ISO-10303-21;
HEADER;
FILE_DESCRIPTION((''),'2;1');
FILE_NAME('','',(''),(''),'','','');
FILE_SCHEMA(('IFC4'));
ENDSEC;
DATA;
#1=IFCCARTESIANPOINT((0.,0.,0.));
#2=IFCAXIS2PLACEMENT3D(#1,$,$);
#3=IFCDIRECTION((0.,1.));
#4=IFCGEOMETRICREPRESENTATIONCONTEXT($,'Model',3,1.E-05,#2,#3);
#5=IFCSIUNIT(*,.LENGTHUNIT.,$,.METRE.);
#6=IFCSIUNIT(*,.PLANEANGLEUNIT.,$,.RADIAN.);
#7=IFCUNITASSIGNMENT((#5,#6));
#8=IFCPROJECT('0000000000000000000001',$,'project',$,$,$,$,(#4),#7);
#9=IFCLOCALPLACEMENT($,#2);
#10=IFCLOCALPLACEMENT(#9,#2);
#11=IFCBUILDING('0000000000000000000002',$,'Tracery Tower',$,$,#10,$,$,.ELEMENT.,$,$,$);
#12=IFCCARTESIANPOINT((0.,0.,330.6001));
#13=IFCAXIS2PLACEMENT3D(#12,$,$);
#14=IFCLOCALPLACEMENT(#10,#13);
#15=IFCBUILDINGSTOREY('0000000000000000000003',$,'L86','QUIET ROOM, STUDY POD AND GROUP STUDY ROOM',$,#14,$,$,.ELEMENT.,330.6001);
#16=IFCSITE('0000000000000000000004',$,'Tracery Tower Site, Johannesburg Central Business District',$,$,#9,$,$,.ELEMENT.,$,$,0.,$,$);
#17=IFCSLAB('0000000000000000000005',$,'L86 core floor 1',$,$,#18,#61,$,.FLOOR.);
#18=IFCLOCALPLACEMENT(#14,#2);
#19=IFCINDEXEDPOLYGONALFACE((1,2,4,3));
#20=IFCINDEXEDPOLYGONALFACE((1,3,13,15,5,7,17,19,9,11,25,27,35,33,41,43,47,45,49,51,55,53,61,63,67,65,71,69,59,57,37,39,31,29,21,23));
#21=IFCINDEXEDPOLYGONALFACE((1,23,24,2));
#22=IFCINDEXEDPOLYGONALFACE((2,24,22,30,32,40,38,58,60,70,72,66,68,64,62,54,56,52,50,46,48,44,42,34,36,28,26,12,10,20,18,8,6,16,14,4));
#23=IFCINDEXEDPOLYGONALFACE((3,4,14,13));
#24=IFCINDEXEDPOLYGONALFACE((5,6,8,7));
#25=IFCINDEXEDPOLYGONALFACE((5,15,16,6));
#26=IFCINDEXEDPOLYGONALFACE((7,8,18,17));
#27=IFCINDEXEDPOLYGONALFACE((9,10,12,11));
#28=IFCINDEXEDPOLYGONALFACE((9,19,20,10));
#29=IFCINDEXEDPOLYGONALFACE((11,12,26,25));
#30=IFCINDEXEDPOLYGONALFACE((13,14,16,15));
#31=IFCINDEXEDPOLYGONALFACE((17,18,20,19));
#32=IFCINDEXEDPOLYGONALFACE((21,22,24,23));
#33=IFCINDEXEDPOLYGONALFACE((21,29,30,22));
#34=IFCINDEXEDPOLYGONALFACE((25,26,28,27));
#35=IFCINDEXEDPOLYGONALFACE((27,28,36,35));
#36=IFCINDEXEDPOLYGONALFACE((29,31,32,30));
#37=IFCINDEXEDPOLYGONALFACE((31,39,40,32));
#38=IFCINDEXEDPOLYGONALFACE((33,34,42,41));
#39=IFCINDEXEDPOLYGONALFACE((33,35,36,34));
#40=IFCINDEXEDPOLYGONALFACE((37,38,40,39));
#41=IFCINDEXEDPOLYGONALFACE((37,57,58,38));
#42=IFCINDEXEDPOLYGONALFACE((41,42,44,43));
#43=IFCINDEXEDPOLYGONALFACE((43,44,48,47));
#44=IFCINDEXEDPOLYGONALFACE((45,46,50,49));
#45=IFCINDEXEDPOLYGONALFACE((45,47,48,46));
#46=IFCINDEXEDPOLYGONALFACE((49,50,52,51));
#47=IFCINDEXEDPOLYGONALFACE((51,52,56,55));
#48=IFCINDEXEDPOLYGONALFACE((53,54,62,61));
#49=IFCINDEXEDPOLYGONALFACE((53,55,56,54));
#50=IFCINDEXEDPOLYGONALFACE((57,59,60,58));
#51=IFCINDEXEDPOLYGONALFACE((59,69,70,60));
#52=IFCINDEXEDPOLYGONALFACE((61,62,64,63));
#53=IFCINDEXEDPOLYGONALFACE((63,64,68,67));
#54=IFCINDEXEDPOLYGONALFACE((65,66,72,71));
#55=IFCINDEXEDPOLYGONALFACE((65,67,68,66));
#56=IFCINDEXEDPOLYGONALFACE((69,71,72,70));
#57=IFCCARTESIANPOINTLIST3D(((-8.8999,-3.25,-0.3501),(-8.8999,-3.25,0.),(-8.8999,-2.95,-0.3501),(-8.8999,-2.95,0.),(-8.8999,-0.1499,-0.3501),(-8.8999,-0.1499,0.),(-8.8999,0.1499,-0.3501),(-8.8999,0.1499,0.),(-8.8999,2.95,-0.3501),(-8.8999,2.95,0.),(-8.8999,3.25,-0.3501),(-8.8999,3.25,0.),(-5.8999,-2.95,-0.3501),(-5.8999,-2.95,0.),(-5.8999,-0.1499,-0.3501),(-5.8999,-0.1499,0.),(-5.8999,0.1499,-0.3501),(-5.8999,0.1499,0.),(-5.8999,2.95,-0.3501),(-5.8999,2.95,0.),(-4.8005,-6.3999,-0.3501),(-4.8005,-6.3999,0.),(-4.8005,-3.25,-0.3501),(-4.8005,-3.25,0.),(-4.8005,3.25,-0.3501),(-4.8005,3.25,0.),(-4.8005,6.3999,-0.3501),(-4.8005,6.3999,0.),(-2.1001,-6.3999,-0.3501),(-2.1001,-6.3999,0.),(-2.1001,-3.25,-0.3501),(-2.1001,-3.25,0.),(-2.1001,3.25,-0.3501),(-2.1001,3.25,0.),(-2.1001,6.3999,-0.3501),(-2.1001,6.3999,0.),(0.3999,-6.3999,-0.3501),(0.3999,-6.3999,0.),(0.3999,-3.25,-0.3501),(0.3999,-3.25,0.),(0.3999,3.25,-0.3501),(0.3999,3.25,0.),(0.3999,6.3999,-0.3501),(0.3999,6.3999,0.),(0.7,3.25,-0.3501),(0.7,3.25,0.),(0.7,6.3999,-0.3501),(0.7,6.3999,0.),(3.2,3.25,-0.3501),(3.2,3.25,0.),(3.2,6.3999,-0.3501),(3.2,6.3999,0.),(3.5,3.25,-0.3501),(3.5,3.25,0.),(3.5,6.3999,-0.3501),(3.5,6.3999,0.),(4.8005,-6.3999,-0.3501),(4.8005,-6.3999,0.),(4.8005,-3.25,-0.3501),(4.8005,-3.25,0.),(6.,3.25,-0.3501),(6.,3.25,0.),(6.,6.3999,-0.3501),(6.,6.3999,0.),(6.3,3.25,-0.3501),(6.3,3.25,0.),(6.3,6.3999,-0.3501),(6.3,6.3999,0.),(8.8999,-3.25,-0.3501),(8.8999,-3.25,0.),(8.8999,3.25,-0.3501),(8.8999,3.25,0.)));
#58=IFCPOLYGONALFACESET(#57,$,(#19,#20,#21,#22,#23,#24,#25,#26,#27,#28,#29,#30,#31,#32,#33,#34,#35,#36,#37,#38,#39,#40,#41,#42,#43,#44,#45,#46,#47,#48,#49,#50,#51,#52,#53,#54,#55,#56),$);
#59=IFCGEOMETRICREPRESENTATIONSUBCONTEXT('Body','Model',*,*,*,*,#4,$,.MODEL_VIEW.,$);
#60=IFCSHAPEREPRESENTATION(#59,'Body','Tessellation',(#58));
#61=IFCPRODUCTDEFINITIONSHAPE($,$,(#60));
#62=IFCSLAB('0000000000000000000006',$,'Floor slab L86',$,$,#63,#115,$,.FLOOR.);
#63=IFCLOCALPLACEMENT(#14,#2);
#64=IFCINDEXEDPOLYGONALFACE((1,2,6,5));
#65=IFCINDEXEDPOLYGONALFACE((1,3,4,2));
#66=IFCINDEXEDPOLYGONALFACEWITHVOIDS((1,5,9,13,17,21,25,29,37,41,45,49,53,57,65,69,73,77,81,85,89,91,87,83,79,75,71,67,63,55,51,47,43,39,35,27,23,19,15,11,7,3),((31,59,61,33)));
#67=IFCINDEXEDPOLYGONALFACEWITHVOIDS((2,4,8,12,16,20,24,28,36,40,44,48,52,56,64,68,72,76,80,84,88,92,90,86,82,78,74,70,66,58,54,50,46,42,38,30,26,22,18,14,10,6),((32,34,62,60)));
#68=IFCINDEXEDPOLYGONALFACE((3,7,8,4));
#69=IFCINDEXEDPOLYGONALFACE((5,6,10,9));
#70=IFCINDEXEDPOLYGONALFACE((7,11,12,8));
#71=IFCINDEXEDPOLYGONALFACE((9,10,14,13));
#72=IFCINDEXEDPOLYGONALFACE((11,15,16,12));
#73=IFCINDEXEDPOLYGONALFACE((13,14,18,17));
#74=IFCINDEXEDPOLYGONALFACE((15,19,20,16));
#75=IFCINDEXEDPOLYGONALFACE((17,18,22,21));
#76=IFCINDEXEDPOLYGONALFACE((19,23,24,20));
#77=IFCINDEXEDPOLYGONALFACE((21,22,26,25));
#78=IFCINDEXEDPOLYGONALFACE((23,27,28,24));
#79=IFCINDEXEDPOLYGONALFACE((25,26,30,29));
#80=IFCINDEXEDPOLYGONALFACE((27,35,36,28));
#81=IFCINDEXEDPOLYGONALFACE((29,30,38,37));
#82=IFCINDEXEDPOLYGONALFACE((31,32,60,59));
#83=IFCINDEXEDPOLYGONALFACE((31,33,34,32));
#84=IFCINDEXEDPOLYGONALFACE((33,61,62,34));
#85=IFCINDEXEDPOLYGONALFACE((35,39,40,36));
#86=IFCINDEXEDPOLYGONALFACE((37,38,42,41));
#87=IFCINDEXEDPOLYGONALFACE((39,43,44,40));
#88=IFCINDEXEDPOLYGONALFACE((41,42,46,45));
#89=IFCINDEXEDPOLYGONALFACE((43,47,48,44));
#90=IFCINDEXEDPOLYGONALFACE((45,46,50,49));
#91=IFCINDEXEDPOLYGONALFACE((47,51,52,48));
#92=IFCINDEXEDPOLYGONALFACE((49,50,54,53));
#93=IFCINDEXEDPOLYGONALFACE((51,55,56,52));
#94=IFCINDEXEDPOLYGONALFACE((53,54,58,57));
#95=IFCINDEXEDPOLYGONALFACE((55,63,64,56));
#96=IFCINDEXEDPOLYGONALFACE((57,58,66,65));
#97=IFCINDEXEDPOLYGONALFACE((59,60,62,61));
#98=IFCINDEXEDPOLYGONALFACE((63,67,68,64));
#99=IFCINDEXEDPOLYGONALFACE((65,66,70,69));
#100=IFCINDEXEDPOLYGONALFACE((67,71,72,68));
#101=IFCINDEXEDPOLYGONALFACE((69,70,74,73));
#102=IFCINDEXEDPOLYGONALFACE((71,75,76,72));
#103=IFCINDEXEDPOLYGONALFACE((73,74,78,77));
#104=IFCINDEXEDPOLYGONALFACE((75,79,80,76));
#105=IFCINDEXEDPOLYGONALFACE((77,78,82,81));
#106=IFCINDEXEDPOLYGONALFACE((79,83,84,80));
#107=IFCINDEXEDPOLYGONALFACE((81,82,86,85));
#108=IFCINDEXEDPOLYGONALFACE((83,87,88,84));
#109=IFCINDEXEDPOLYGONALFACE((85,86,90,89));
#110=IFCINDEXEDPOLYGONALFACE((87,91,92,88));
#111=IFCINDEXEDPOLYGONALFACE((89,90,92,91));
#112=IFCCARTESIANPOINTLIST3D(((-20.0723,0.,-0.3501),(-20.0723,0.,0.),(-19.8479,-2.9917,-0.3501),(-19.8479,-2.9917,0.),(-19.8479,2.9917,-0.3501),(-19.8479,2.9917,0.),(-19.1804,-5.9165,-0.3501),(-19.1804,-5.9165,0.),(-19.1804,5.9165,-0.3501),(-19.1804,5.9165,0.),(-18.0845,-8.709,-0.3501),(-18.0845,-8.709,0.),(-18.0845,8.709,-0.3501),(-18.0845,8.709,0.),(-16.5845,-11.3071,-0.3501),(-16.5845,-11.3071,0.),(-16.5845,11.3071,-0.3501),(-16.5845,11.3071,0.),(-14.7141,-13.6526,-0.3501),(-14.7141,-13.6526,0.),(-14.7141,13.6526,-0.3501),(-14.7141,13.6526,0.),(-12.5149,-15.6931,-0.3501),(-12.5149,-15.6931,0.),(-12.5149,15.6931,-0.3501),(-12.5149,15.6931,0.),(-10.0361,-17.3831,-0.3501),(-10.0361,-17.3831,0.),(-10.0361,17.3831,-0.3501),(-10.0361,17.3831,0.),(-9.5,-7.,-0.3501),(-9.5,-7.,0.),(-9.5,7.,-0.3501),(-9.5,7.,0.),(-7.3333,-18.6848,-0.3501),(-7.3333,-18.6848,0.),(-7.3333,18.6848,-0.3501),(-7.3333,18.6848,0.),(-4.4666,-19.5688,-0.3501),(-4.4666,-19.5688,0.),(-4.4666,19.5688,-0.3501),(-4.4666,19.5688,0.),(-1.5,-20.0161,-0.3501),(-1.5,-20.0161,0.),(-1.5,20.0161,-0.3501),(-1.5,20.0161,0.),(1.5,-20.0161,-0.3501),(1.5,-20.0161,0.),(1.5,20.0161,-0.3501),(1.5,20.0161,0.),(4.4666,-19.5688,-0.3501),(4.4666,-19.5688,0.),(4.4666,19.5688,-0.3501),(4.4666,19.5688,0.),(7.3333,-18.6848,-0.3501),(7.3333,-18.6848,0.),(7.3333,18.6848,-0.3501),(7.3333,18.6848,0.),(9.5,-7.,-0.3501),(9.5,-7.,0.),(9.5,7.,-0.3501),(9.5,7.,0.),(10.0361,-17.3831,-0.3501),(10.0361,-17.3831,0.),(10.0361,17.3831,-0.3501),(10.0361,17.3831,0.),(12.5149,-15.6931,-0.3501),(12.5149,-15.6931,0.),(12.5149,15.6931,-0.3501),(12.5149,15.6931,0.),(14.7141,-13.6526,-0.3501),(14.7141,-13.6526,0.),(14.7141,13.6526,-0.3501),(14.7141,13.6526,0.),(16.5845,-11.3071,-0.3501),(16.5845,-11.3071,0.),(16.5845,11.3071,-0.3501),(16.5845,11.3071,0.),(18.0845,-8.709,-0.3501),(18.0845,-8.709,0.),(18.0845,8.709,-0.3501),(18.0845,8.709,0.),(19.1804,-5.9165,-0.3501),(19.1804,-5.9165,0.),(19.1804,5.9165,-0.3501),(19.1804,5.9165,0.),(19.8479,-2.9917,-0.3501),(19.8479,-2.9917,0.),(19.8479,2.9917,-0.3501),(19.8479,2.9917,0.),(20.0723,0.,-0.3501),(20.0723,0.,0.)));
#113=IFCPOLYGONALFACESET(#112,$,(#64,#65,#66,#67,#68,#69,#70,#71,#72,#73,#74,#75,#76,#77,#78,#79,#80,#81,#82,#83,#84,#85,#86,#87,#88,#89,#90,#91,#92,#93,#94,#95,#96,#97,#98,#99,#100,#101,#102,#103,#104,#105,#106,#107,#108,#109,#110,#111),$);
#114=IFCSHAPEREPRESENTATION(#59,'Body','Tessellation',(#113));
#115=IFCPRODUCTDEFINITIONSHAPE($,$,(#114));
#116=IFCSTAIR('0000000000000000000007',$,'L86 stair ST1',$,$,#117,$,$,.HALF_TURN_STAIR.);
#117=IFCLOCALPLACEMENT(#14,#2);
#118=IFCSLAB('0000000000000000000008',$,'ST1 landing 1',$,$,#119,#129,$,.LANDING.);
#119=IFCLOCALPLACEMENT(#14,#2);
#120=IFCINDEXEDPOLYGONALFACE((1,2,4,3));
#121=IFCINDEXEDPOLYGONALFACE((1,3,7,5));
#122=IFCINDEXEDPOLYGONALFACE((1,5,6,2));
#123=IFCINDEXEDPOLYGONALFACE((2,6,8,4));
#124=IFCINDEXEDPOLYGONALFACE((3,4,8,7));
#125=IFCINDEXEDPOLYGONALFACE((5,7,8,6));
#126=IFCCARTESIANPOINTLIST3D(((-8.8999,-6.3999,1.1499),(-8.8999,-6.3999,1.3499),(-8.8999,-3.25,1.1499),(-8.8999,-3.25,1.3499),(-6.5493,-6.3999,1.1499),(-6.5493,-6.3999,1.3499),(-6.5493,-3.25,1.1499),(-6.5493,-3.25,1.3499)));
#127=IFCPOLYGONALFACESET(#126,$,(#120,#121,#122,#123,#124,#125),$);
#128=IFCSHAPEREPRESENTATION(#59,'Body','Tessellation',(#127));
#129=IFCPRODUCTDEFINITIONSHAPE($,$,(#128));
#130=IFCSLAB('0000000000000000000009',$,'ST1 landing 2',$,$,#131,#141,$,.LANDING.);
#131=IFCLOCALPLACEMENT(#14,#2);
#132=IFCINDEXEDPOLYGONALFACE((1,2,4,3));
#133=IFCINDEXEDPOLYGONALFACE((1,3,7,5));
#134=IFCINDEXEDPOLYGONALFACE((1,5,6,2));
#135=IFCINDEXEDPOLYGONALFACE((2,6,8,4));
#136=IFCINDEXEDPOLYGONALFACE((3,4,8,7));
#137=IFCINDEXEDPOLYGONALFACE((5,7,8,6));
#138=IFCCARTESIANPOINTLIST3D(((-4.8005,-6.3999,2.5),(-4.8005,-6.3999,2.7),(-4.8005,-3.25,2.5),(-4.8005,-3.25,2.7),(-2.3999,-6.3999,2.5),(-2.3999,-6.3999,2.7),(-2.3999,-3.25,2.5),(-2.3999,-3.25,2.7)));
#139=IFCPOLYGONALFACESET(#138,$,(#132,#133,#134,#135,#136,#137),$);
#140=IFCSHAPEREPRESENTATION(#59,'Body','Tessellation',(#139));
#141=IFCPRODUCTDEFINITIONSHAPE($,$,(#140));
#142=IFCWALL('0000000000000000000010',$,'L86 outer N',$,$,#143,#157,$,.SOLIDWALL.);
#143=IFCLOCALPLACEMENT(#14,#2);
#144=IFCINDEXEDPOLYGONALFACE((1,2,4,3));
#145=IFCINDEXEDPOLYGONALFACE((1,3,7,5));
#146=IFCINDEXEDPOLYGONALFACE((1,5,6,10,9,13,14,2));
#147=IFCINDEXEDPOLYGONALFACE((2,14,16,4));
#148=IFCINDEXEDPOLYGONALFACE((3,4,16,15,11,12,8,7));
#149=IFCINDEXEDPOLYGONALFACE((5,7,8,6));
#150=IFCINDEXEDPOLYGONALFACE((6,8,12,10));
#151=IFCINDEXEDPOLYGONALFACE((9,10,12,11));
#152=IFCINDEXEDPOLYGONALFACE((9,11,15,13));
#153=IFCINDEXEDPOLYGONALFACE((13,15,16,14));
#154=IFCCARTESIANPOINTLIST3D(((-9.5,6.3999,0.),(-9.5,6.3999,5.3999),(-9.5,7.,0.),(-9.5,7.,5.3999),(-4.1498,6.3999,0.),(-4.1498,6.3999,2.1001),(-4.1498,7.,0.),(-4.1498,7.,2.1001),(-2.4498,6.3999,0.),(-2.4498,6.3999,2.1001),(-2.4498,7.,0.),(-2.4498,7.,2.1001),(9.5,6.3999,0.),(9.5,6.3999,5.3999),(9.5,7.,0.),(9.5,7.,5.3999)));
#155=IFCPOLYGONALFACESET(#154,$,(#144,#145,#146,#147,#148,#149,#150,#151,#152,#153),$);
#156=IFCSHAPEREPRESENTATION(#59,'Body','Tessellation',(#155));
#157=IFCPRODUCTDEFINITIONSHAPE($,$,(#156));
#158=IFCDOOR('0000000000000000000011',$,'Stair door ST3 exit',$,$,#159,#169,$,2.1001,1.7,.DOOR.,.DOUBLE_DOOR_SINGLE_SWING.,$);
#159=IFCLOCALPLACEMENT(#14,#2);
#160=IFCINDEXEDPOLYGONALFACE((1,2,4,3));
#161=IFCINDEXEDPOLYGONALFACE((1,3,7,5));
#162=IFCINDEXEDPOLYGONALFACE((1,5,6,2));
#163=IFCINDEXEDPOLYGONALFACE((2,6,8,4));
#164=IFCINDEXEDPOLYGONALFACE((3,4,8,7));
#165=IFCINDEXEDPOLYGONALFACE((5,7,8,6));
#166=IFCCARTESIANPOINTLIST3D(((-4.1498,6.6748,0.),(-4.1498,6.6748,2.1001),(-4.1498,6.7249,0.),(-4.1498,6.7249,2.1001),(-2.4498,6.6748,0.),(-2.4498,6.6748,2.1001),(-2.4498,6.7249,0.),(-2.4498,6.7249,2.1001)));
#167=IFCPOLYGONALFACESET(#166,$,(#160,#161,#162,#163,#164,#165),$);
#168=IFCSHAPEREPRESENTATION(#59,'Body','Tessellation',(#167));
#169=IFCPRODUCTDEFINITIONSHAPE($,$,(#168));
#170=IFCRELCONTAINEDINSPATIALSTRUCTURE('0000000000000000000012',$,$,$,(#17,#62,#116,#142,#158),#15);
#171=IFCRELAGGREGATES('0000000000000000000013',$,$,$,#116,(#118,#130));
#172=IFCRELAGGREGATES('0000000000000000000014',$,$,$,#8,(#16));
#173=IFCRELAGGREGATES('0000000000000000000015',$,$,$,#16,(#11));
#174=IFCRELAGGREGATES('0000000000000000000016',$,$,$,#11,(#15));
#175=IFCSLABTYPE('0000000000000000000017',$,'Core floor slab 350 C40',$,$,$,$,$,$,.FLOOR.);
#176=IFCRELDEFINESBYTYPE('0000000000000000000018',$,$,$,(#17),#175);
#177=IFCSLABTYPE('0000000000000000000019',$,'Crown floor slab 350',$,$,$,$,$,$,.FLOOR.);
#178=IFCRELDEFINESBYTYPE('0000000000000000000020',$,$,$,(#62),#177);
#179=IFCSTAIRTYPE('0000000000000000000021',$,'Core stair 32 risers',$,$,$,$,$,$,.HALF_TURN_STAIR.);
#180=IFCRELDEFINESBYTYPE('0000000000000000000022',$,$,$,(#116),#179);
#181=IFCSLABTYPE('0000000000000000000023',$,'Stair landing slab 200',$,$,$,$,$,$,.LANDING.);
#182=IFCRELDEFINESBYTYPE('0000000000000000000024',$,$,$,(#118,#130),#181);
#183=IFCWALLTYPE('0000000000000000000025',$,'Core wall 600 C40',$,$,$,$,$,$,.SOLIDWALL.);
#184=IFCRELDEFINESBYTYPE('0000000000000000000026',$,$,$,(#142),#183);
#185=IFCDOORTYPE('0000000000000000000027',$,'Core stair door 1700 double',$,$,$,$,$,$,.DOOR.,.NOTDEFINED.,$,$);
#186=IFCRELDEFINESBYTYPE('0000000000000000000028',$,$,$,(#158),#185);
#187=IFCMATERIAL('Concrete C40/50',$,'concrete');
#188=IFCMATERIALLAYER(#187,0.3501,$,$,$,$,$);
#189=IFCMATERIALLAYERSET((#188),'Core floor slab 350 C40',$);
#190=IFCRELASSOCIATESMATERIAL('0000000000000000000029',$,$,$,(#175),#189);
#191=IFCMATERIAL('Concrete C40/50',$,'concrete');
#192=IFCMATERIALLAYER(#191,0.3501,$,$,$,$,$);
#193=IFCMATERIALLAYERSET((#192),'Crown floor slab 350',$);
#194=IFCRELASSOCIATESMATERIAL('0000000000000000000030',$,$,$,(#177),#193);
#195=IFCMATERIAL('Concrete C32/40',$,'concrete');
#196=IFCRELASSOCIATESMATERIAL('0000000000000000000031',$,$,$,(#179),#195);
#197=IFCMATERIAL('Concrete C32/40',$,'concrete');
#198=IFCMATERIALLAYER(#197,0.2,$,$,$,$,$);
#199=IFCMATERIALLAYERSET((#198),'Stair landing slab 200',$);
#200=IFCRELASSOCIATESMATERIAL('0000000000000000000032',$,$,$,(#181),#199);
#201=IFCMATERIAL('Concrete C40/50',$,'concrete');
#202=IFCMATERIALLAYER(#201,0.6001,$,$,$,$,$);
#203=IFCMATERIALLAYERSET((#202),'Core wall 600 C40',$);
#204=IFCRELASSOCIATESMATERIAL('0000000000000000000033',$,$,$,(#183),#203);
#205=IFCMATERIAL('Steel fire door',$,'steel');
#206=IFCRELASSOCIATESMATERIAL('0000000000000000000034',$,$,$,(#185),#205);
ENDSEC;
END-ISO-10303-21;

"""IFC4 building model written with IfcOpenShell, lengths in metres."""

from ifc_helpers import new_model, si_unit, direction, frame, frame_2d, origin, place, context, subcontext, project, spatial, polyline, rectangle, outline, extrude, material, layer, layer_set, type_object, element, fill, aggregate, save


model = new_model("IFC4")

# Units and contexts
model_context = context("Model", 3, precision=1e-05, world=origin(), true_north=direction((0.0, 1.0)))
body_context = subcontext(model_context, "Body", "Model", "MODEL_VIEW")
ifc_project = project(units=[si_unit("LENGTHUNIT", "METRE"), si_unit("PLANEANGLEUNIT", "RADIAN")], contexts=[model_context])

# Site, building, storey
site_placement = place(None, origin())
site = spatial("IfcSite", under=ifc_project, at=site_placement, Name="Tracery Tower Site, Johannesburg Central Business District", CompositionType="ELEMENT", RefElevation=0.0)
building_placement = place(site_placement, origin())
building = spatial("IfcBuilding", under=site, at=building_placement, Name="Tracery Tower", CompositionType="ELEMENT")
storey_placement = place(building_placement, frame((0.0, 0.0, 330.6001)))
storey = spatial("IfcBuildingStorey", under=building, at=storey_placement, Name="L86", Description="QUIET ROOM, STUDY POD AND GROUP STUDY ROOM", CompositionType="ELEMENT", Elevation=330.6001)

# Slabs
ifc_material_1 = material(Name="Concrete C40/50", Category="concrete")
ifc_layer_1 = layer(ifc_material_1, 0.3501)
ifc_layer_set_1 = layer_set([ifc_layer_1], Name="Core floor slab 350 C40")
slab_type_1 = type_object("IfcSlabType", Name="Core floor slab 350 C40", PredefinedType="FLOOR", material=ifc_layer_set_1)
slab_1_placement = place(storey_placement, frame((0.0, 0.0, -0.3501)))
element("IfcSlab", 1, at=slab_1_placement, inside=storey, type_object=slab_type_1, Name="L86 core floor 1", PredefinedType="FLOOR", context=body_context, shape_type="SweptSolid", body=[
    extrude(outline(polyline([(-4.8005, -3.25), (-8.8999, -3.25), (-8.8999, -2.95), (-5.8999, -2.95), (-5.8999, -0.1499), (-8.8999, -0.1499), (-8.8999, 0.1499), (-5.8999, 0.1499), (-5.8999, 2.95), (-8.8999, 2.95), (-8.8999, 3.25), (-4.8005, 3.25), (-4.8005, 6.3999), (-2.1001, 6.3999), (-2.1001, 3.25), (0.3999, 3.25), (0.3999, 6.3999), (0.7, 6.3999), (0.7, 3.25), (3.2, 3.25), (3.2, 6.3999), (3.5, 6.3999), (3.5, 3.25), (6.0, 3.25), (6.0, 6.3999), (6.3, 6.3999), (6.3, 3.25), (8.8999, 3.25), (8.8999, -3.25), (4.8005, -3.25), (4.8005, -6.3999), (0.3999, -6.3999), (0.3999, -3.25), (-2.1001, -3.25), (-2.1001, -6.3999), (-4.8005, -6.3999), (-4.8005, -3.25)])), origin(), (0.0, 0.0, 1.0), 0.3501),
])
ifc_material_2 = material(Name="Concrete C40/50", Category="concrete")
ifc_layer_2 = layer(ifc_material_2, 0.3501)
ifc_layer_set_2 = layer_set([ifc_layer_2], Name="Crown floor slab 350")
slab_type_2 = type_object("IfcSlabType", Name="Crown floor slab 350", PredefinedType="FLOOR", material=ifc_layer_set_2)
slab_2_placement = place(storey_placement, frame((0.0, 0.0, -0.3501)))
element("IfcSlab", 2, at=slab_2_placement, inside=storey, type_object=slab_type_2, Name="Floor slab L86", PredefinedType="FLOOR", context=body_context, shape_type="SweptSolid", body=[
    extrude(outline(polyline([(19.1804, -5.9165), (19.8479, -2.9917), (20.0723, 0.0), (19.8479, 2.9917), (19.1804, 5.9165), (18.0845, 8.709), (16.5845, 11.3071), (14.7141, 13.6526), (12.5149, 15.6931), (10.0361, 17.3831), (7.3333, 18.6848), (4.4666, 19.5688), (1.5, 20.0161), (-1.5, 20.0161), (-4.4666, 19.5688), (-7.3333, 18.6848), (-10.0361, 17.3831), (-12.5149, 15.6931), (-14.7141, 13.6526), (-16.5845, 11.3071), (-18.0845, 8.709), (-19.1804, 5.9165), (-19.8479, 2.9917), (-20.0723, 0.0), (-19.8479, -2.9917), (-19.1804, -5.9165), (-18.0845, -8.709), (-16.5845, -11.3071), (-14.7141, -13.6526), (-12.5149, -15.6931), (-10.0361, -17.3831), (-7.3333, -18.6848), (-4.4666, -19.5688), (-1.5, -20.0161), (1.5, -20.0161), (4.4666, -19.5688), (7.3333, -18.6848), (10.0361, -17.3831), (12.5149, -15.6931), (14.7141, -13.6526), (16.5845, -11.3071), (18.0845, -8.709), (19.1804, -5.9165)]), holes=[polyline([(-9.5, -7.0), (9.5, -7.0), (9.5, 7.0), (-9.5, 7.0), (-9.5, -7.0)])]), origin(), (0.0, 0.0, 1.0), 0.3501),
])

# Stair, slabs
ifc_material_3 = material(Name="Concrete C32/40", Category="concrete")
stair_type = type_object("IfcStairType", Name="Core stair 32 risers", PredefinedType="HALF_TURN_STAIR", material=ifc_material_3)
stair_1_placement = place(storey_placement, origin())
stair_1 = element("IfcStair", 3, at=stair_1_placement, inside=storey, type_object=stair_type, Name="L86 stair ST1", PredefinedType="HALF_TURN_STAIR")
ifc_material_4 = material(Name="Concrete C32/40", Category="concrete")
ifc_layer_3 = layer(ifc_material_4, 0.2)
ifc_layer_set_3 = layer_set([ifc_layer_3], Name="Stair landing slab 200")
slab_type_3 = type_object("IfcSlabType", Name="Stair landing slab 200", PredefinedType="LANDING", material=ifc_layer_set_3)
slab_3_placement = place(storey_placement, frame((0.0, 0.0, 1.1499)))
slab_3 = element("IfcSlab", 4, at=slab_3_placement, type_object=slab_type_3, Name="ST1 landing 1", PredefinedType="LANDING", context=body_context, shape_type="SweptSolid", body=[
    extrude(outline(polyline([(-6.5493, -3.25), (-8.8999, -3.25), (-8.8999, -6.3999), (-6.5493, -6.3999), (-6.5493, -3.25)])), origin(), (0.0, 0.0, 1.0), 0.2),
])
slab_4_placement = place(storey_placement, frame((0.0, 0.0, 2.5)))
slab_4 = element("IfcSlab", 5, at=slab_4_placement, type_object=slab_type_3, Name="ST1 landing 2", PredefinedType="LANDING", context=body_context, shape_type="SweptSolid", body=[
    extrude(outline(polyline([(-2.3999, -3.25), (-4.8005, -3.25), (-4.8005, -6.3999), (-2.3999, -6.3999), (-2.3999, -3.25)])), origin(), (0.0, 0.0, 1.0), 0.2),
])
aggregate(stair_1, [slab_3, slab_4])

# Wall, opening, door
ifc_material_5 = material(Name="Concrete C40/50", Category="concrete")
ifc_layer_4 = layer(ifc_material_5, 0.6001)
ifc_layer_set_4 = layer_set([ifc_layer_4], Name="Core wall 600 C40")
wall_type_1 = type_object("IfcWallType", Name="Core wall 600 C40", PredefinedType="SOLIDWALL", material=ifc_layer_set_4)
wall_1_placement = place(storey_placement, frame((-9.5, 6.7, 0.0), z_axis=(0.0, 0.0, 1.0), x_axis=(1.0, 0.0, 0.0)))
wall_1 = element("IfcWall", 6, at=wall_1_placement, inside=storey, type_object=wall_type_1, Name="L86 outer N", PredefinedType="SOLIDWALL", context=body_context, shape_type="SweptSolid", body=[
    extrude(rectangle(XDim=19.0, YDim=0.6001, at=frame_2d((9.5, 0.0))), origin(), (0.0, 0.0, 1.0), 5.3999),
])
opening_1_placement = place(wall_1_placement, frame((5.3501, 0.0, 0.0)))
opening_1 = element("IfcOpeningElement", 7, at=opening_1_placement, cuts=wall_1, PredefinedType="OPENING", context=body_context, shape_type="SweptSolid", body=[
    extrude(rectangle(XDim=1.7, YDim=2.1001, at=frame_2d((0.8501, 1.05))), frame((0.0, 0.3, 0.0), z_axis=(0.0, -1.0, 0.0), x_axis=(1.0, 0.0, 0.0)), (0.0, 0.0, 1.0), 0.6001),
])
ifc_material_6 = material(Name="Steel fire door", Category="steel")
door_type_1 = type_object("IfcDoorType", Name="Core stair door 1700 double", OperationType="NOTDEFINED", PredefinedType="DOOR", material=ifc_material_6)
door_1_placement = place(opening_1_placement, origin())
door_1 = element("IfcDoor", 8, at=door_1_placement, inside=storey, type_object=door_type_1, Name="Stair door ST3 exit", OperationType="DOUBLE_DOOR_SINGLE_SWING", OverallHeight=2.1001, OverallWidth=1.7, PredefinedType="DOOR", context=body_context, shape_type="SweptSolid", body=[
    extrude(rectangle(XDim=1.7, YDim=2.1001, at=frame_2d((0.8501, 1.05))), frame((0.0, 0.0249, 0.0), z_axis=(0.0, -1.0, 0.0), x_axis=(1.0, 0.0, 0.0)), (0.0, 0.0, 1.0), 0.05),
])
fill(opening_1, door_1)

save(model, "model.ifc")
